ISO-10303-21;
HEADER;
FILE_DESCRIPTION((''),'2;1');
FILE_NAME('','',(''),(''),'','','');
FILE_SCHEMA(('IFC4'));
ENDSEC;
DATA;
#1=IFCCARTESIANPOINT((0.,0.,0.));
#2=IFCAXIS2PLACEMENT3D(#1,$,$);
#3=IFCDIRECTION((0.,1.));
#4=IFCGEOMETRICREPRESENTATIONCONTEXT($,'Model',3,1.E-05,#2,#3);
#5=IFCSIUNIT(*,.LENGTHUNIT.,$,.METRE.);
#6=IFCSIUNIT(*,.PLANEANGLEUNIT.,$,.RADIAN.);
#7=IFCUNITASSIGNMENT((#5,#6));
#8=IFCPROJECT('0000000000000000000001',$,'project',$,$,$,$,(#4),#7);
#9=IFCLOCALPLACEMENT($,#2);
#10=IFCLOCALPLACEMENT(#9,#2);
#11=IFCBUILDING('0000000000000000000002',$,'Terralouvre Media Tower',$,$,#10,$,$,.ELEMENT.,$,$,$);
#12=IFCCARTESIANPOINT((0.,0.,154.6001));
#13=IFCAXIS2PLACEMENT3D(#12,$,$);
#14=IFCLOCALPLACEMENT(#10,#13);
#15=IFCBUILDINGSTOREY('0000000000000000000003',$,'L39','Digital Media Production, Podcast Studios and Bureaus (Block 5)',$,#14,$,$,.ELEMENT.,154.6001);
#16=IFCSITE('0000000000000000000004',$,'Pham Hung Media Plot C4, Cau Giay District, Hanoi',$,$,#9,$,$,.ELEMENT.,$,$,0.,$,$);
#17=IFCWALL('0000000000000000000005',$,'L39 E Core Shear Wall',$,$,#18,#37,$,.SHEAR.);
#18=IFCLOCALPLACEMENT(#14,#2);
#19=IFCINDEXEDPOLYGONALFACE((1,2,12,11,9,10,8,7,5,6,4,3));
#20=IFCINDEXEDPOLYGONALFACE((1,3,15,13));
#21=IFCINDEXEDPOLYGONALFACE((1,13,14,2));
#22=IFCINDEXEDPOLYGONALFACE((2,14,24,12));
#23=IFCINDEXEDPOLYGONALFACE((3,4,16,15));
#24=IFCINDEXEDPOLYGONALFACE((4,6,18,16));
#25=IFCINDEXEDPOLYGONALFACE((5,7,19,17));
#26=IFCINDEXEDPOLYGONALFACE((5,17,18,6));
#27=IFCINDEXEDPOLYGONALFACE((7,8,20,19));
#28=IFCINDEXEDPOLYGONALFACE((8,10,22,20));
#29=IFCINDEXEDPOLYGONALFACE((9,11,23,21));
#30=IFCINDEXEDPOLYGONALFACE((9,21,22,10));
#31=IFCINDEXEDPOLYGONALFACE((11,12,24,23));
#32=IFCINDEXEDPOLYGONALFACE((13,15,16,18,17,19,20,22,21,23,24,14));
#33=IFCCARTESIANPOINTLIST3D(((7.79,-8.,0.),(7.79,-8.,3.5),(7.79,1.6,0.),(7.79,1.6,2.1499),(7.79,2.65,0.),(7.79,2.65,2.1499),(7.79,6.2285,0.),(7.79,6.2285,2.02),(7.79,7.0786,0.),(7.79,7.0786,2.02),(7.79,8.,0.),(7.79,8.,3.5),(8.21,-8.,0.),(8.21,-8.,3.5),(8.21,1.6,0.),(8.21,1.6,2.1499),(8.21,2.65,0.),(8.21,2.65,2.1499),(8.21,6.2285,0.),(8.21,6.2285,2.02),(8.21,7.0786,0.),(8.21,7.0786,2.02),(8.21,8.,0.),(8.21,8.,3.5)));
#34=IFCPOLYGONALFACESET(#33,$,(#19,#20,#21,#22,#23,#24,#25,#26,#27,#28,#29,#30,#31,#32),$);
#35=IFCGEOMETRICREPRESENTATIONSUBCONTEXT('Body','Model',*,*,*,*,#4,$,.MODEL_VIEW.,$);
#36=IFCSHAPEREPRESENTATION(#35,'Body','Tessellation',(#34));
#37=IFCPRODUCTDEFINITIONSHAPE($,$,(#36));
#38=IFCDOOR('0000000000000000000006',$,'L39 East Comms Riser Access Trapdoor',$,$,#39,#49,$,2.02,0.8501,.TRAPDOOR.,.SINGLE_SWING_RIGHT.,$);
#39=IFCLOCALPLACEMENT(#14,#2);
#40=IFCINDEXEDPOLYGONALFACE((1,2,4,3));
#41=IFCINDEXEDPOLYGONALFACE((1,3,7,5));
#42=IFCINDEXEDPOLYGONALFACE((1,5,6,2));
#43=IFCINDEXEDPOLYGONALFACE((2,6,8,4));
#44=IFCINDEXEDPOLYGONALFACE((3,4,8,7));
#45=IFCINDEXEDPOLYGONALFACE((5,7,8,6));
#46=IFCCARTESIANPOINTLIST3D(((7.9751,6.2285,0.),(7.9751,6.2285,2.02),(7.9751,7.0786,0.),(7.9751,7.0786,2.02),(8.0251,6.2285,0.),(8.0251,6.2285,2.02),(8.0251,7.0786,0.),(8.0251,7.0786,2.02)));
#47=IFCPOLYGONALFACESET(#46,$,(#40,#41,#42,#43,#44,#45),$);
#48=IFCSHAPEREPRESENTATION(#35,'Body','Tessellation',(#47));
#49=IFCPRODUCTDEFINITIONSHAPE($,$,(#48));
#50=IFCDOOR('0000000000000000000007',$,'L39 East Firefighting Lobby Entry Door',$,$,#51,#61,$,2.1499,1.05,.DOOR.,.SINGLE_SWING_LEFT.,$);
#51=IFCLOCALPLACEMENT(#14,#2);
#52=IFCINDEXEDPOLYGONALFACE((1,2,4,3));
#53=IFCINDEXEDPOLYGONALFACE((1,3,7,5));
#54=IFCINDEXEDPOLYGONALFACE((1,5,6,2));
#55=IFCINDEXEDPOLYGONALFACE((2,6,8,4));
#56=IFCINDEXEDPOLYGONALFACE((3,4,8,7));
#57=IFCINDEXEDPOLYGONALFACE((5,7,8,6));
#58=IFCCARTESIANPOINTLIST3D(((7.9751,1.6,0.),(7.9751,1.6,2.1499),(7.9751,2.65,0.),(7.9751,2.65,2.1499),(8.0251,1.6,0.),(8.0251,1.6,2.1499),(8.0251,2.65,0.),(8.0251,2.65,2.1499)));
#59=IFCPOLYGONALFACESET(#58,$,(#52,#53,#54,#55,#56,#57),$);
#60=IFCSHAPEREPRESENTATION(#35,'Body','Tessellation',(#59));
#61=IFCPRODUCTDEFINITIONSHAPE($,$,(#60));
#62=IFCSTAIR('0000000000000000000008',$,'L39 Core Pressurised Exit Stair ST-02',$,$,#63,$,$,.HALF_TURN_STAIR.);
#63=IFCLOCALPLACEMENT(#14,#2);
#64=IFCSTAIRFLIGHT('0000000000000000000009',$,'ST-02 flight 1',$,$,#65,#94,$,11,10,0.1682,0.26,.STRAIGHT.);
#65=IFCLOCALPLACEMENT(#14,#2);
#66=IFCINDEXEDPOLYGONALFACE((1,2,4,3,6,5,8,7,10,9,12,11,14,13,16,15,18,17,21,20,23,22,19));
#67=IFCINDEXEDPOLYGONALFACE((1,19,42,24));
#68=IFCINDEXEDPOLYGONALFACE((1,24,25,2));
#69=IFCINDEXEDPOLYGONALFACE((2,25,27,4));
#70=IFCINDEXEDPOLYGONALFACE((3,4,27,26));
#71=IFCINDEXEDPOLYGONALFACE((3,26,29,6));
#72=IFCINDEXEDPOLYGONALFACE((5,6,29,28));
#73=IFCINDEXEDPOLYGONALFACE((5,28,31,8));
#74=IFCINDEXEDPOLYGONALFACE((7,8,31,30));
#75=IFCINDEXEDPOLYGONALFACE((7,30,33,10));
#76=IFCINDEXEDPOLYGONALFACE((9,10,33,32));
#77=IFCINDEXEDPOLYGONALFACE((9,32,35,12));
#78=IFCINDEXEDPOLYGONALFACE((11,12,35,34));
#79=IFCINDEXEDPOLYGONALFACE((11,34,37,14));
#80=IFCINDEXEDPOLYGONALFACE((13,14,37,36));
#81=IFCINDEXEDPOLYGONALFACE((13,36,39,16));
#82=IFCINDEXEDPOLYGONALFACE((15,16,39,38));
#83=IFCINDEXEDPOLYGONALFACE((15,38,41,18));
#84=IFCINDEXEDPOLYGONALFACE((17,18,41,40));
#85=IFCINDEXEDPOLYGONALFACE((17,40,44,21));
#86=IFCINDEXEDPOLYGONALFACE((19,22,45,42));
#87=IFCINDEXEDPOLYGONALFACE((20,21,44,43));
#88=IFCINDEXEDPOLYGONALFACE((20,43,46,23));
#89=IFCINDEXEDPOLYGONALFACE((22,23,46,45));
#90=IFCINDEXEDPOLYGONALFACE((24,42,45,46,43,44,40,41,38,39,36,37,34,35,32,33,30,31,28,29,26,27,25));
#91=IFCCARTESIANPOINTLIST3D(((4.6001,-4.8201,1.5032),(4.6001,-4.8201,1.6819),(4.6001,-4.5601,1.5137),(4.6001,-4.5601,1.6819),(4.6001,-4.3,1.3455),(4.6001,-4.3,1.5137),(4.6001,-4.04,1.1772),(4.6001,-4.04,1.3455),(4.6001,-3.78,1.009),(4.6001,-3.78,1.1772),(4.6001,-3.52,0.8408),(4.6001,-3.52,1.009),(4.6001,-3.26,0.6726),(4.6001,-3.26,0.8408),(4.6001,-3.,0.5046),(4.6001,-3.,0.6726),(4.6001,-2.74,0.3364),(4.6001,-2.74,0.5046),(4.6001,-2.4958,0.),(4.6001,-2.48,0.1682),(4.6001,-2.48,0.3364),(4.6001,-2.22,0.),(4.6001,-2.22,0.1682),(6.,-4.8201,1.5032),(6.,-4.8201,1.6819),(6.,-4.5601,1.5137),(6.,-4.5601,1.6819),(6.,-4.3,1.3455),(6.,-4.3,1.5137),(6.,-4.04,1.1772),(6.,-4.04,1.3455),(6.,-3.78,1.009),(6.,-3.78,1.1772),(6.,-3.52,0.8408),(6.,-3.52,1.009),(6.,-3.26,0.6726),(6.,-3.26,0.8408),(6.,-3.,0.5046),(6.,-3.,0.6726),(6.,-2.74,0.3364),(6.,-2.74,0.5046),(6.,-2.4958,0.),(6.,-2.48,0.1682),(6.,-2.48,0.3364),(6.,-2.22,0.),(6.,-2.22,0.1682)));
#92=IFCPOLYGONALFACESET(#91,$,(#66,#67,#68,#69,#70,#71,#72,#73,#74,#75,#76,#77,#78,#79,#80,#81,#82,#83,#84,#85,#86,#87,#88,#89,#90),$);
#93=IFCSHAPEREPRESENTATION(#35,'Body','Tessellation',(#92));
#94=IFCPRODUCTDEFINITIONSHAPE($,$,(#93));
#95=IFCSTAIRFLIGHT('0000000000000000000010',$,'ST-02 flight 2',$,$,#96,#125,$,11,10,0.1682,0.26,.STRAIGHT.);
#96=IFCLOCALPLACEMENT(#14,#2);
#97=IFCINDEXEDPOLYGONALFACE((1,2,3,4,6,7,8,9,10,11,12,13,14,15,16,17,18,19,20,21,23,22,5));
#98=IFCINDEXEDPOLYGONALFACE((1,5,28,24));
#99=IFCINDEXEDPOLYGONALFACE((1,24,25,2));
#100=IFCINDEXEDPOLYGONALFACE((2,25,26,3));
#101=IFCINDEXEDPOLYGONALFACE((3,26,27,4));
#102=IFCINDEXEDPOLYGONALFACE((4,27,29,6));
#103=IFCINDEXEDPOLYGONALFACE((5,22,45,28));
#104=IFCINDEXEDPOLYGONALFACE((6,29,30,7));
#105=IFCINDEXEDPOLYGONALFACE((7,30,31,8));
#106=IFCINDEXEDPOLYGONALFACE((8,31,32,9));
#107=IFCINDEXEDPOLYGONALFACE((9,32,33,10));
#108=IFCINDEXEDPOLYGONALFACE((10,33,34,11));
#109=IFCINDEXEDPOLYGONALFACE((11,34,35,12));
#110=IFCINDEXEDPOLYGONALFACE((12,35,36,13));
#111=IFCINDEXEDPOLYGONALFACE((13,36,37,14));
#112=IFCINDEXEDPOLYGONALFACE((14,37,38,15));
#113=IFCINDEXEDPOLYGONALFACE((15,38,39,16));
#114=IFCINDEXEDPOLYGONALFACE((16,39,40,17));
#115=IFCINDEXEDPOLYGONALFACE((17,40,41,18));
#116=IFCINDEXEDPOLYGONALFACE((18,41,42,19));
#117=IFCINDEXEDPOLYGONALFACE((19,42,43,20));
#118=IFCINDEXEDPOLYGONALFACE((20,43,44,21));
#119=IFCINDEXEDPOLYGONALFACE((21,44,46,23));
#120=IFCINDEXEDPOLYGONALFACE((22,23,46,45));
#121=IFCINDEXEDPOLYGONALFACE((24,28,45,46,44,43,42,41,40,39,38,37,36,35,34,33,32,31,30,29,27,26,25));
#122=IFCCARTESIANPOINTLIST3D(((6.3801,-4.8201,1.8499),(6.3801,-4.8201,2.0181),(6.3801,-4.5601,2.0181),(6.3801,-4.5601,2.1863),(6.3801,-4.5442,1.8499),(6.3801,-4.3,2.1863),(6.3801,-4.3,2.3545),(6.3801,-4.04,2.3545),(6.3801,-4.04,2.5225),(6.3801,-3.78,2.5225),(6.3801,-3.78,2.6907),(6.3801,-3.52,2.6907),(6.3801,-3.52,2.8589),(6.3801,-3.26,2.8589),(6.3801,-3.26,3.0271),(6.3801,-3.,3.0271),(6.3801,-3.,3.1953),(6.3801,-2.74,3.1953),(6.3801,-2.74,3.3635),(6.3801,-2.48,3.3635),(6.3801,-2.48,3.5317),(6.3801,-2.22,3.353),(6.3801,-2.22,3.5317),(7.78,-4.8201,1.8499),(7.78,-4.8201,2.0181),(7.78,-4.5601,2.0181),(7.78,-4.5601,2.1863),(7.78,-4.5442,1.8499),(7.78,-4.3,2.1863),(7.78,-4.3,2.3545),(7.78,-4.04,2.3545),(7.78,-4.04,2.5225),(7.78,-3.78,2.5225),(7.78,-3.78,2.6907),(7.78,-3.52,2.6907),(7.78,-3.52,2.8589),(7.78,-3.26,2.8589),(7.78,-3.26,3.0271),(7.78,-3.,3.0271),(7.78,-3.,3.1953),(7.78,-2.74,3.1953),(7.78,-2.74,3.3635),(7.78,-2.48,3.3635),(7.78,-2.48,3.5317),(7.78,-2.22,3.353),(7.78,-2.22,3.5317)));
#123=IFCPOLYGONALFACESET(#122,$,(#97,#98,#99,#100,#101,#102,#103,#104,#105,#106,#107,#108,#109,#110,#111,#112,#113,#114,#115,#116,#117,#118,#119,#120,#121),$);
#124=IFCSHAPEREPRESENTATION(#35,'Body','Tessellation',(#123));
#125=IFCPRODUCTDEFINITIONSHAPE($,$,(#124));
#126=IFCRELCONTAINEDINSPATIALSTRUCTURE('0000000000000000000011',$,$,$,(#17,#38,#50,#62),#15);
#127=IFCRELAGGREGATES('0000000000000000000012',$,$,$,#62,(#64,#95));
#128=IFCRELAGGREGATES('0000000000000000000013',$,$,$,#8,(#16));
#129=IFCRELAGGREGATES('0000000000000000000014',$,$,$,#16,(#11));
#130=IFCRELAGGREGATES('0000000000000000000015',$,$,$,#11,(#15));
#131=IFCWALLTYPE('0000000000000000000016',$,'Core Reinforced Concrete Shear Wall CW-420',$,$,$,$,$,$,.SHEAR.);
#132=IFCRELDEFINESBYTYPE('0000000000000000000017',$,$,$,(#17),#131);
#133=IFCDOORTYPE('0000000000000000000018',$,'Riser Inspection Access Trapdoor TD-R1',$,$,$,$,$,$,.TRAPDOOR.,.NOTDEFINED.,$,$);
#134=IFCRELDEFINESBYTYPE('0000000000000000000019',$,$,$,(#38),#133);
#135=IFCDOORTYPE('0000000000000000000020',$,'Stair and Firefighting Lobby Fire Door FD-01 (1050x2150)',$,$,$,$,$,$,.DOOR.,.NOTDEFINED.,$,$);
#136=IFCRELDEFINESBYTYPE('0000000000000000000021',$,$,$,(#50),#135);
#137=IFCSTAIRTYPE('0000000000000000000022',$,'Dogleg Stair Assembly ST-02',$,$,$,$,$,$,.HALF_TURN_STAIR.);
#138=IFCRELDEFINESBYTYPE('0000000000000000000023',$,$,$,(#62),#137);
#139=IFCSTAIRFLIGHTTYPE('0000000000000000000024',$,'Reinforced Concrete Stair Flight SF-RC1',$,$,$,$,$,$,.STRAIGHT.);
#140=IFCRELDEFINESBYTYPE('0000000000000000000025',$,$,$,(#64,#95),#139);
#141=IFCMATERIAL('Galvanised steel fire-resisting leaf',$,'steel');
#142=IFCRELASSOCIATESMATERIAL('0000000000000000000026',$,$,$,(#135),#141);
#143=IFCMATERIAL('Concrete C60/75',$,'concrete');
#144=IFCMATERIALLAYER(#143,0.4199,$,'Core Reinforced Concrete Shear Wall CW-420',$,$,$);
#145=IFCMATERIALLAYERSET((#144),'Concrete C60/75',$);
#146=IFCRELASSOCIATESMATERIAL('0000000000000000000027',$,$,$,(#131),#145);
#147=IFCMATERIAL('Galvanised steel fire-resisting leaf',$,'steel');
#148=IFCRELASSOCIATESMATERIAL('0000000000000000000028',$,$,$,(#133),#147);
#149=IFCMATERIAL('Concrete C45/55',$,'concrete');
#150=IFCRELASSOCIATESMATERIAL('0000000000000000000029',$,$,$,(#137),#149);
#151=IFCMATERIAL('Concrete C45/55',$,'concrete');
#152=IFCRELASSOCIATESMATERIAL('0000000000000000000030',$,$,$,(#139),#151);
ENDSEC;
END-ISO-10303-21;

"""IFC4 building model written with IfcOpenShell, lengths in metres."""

from ifc_helpers import new_model, si_unit, direction, frame, frame_2d, origin, place, context, subcontext, project, spatial, polyline, rectangle, outline, extrude, material, layer, layer_set, type_object, element, fill, aggregate, save


model = new_model("IFC4")

# Units and contexts
model_context = context("Model", 3, precision=1e-05, world=origin(), true_north=direction((0.0, 1.0)))
body_context = subcontext(model_context, "Body", "Model", "MODEL_VIEW")
ifc_project = project(units=[si_unit("LENGTHUNIT", "METRE"), si_unit("PLANEANGLEUNIT", "RADIAN")], contexts=[model_context])

# Site, building, storey
site_placement = place(None, origin())
site = spatial("IfcSite", under=ifc_project, at=site_placement, Name="Pham Hung Media Plot C4, Cau Giay District, Hanoi", CompositionType="ELEMENT", RefElevation=0.0)
building_placement = place(site_placement, origin())
building = spatial("IfcBuilding", under=site, at=building_placement, Name="Terralouvre Media Tower", CompositionType="ELEMENT")
storey_placement = place(building_placement, frame((0.0, 0.0, 154.6001)))
storey = spatial("IfcBuildingStorey", under=building, at=storey_placement, Name="L39", Description="Digital Media Production, Podcast Studios and Bureaus (Block 5)", CompositionType="ELEMENT", Elevation=154.6001)

# Shared definitions
ifc_material_1 = material(Name="Galvanised steel fire-resisting leaf", Category="steel")
door_type_1 = type_object("IfcDoorType", Name="Stair and Firefighting Lobby Fire Door FD-01 (1050x2150)", OperationType="NOTDEFINED", PredefinedType="DOOR", material=ifc_material_1)

# Wall, openings, doors
ifc_material_2 = material(Name="Concrete C60/75", Category="concrete")
ifc_layer_1 = layer(ifc_material_2, 0.4199, Name="Core Reinforced Concrete Shear Wall CW-420")
ifc_layer_set_1 = layer_set([ifc_layer_1], Name="Concrete C60/75")
wall_type_1 = type_object("IfcWallType", Name="Core Reinforced Concrete Shear Wall CW-420", PredefinedType="SHEAR", material=ifc_layer_set_1)
wall_1_placement = place(storey_placement, frame((8.0, -8.0, 0.0), z_axis=(0.0, 0.0, 1.0), x_axis=(0.0, 1.0, 0.0)))
wall_1 = element("IfcWall", 1, at=wall_1_placement, inside=storey, type_object=wall_type_1, Name="L39 E Core Shear Wall", PredefinedType="SHEAR", context=body_context, shape_type="SweptSolid", body=[
    extrude(rectangle(XDim=16.0, YDim=0.4199, at=frame_2d((8.0, 0.0))), origin(), (0.0, 0.0, 1.0), 3.5),
])
opening_1_placement = place(wall_1_placement, frame((9.6001, 0.0, 0.0)))
opening_1 = element("IfcOpeningElement", 2, at=opening_1_placement, cuts=wall_1, PredefinedType="OPENING", context=body_context, shape_type="SweptSolid", body=[
    extrude(rectangle(XDim=1.05, YDim=2.1499, at=frame_2d((0.5249, 1.075))), frame((0.0, 0.22, 0.0), z_axis=(0.0, -1.0, 0.0), x_axis=(1.0, 0.0, 0.0)), (0.0, 0.0, 1.0), 0.4399),
])
opening_2_placement = place(wall_1_placement, frame((14.2285, 0.0, 0.0)))
opening_2 = element("IfcOpeningElement", 3, at=opening_2_placement, cuts=wall_1, PredefinedType="OPENING", context=body_context, shape_type="SweptSolid", body=[
    extrude(rectangle(XDim=0.8501, YDim=2.02, at=frame_2d((0.425, 1.01))), frame((0.0, 0.22, 0.0), z_axis=(0.0, -1.0, 0.0), x_axis=(1.0, 0.0, 0.0)), (0.0, 0.0, 1.0), 0.4399),
])
ifc_material_3 = material(Name="Galvanised steel fire-resisting leaf", Category="steel")
door_type_2 = type_object("IfcDoorType", Name="Riser Inspection Access Trapdoor TD-R1", OperationType="NOTDEFINED", PredefinedType="TRAPDOOR", material=ifc_material_3)
door_1_placement = place(opening_2_placement, origin())
door_1 = element("IfcDoor", 4, at=door_1_placement, inside=storey, type_object=door_type_2, Name="L39 East Comms Riser Access Trapdoor", OperationType="SINGLE_SWING_RIGHT", OverallHeight=2.02, OverallWidth=0.8501, PredefinedType="TRAPDOOR", context=body_context, shape_type="SweptSolid", body=[
    extrude(rectangle(XDim=0.8501, YDim=2.02, at=frame_2d((0.425, 1.01))), frame((0.0, 0.0249, 0.0), z_axis=(0.0, -1.0, 0.0), x_axis=(1.0, 0.0, 0.0)), (0.0, 0.0, 1.0), 0.05),
])
fill(opening_2, door_1)
door_2_placement = place(opening_1_placement, origin())
door_2 = element("IfcDoor", 5, at=door_2_placement, inside=storey, type_object=door_type_1, Name="L39 East Firefighting Lobby Entry Door", OperationType="SINGLE_SWING_LEFT", OverallHeight=2.1499, OverallWidth=1.05, PredefinedType="DOOR", context=body_context, shape_type="SweptSolid", body=[
    extrude(rectangle(XDim=1.05, YDim=2.1499, at=frame_2d((0.5249, 1.075))), frame((0.0, 0.0249, 0.0), z_axis=(0.0, -1.0, 0.0), x_axis=(1.0, 0.0, 0.0)), (0.0, 0.0, 1.0), 0.05),
])
fill(opening_1, door_2)

# Stair, stair flights
ifc_material_4 = material(Name="Concrete C45/55", Category="concrete")
stair_type = type_object("IfcStairType", Name="Dogleg Stair Assembly ST-02", PredefinedType="HALF_TURN_STAIR", material=ifc_material_4)
stair_placement = place(storey_placement, origin())
stair = element("IfcStair", 6, at=stair_placement, inside=storey, type_object=stair_type, Name="L39 Core Pressurised Exit Stair ST-02", PredefinedType="HALF_TURN_STAIR")
ifc_material_5 = material(Name="Concrete C45/55", Category="concrete")
stair_flight_type = type_object("IfcStairFlightType", Name="Reinforced Concrete Stair Flight SF-RC1", PredefinedType="STRAIGHT", material=ifc_material_5)
stair_flight_1_placement = place(storey_placement, frame((5.3, -2.22, 0.0), z_axis=(0.0, 0.0, 1.0), x_axis=(0.0, -1.0, 0.0)))
stair_flight_1 = element("IfcStairFlight", 7, at=stair_flight_1_placement, type_object=stair_flight_type, Name="ST-02 flight 1", NumberOfRisers=11, NumberOfTreads=10, PredefinedType="STRAIGHT", RiserHeight=0.1682, TreadLength=0.26, context=body_context, shape_type="SweptSolid", body=[
    extrude(outline(polyline([(0.0, 0.0), (0.0, 0.1682), (0.26, 0.1682), (0.26, 0.3364), (0.52, 0.3364), (0.52, 0.5046), (0.78, 0.5046), (0.78, 0.6726), (1.04, 0.6726), (1.04, 0.8408), (1.3, 0.8408), (1.3, 1.009), (1.5601, 1.009), (1.5601, 1.1772), (1.8201, 1.1772), (1.8201, 1.3455), (2.0801, 1.3455), (2.0801, 1.5137), (2.3401, 1.5137), (2.3401, 1.6819), (2.6001, 1.6819), (2.6001, 1.8501), (2.6001, 1.5032), (0.2759, 0.0), (0.0, 0.0)])), frame((0.0, 0.7, 0.0), z_axis=(0.0, -1.0, 0.0), x_axis=(1.0, 0.0, 0.0)), (0.0, 0.0, 1.0), 1.3999),
])
stair_flight_2_placement = place(storey_placement, frame((7.0801, -4.8201, 1.8499), z_axis=(0.0, 0.0, 1.0), x_axis=(0.0, 1.0, 0.0)))
stair_flight_2 = element("IfcStairFlight", 8, at=stair_flight_2_placement, type_object=stair_flight_type, Name="ST-02 flight 2", NumberOfRisers=11, NumberOfTreads=10, PredefinedType="STRAIGHT", RiserHeight=0.1682, TreadLength=0.26, context=body_context, shape_type="SweptSolid", body=[
    extrude(outline(polyline([(0.0, 0.0), (0.0, 0.1682), (0.26, 0.1682), (0.26, 0.3364), (0.52, 0.3364), (0.52, 0.5046), (0.78, 0.5046), (0.78, 0.6726), (1.04, 0.6726), (1.04, 0.8408), (1.3, 0.8408), (1.3, 1.009), (1.5601, 1.009), (1.5601, 1.1772), (1.8201, 1.1772), (1.8201, 1.3455), (2.0801, 1.3455), (2.0801, 1.5137), (2.3401, 1.5137), (2.3401, 1.6819), (2.6001, 1.6819), (2.6001, 1.8501), (2.6001, 1.5032), (0.2759, 0.0), (0.0, 0.0)])), frame((0.0, 0.7, 0.0), z_axis=(0.0, -1.0, 0.0), x_axis=(1.0, 0.0, 0.0)), (0.0, 0.0, 1.0), 1.3999),
])
aggregate(stair, [stair_flight_1, stair_flight_2])

save(model, "model.ifc")
